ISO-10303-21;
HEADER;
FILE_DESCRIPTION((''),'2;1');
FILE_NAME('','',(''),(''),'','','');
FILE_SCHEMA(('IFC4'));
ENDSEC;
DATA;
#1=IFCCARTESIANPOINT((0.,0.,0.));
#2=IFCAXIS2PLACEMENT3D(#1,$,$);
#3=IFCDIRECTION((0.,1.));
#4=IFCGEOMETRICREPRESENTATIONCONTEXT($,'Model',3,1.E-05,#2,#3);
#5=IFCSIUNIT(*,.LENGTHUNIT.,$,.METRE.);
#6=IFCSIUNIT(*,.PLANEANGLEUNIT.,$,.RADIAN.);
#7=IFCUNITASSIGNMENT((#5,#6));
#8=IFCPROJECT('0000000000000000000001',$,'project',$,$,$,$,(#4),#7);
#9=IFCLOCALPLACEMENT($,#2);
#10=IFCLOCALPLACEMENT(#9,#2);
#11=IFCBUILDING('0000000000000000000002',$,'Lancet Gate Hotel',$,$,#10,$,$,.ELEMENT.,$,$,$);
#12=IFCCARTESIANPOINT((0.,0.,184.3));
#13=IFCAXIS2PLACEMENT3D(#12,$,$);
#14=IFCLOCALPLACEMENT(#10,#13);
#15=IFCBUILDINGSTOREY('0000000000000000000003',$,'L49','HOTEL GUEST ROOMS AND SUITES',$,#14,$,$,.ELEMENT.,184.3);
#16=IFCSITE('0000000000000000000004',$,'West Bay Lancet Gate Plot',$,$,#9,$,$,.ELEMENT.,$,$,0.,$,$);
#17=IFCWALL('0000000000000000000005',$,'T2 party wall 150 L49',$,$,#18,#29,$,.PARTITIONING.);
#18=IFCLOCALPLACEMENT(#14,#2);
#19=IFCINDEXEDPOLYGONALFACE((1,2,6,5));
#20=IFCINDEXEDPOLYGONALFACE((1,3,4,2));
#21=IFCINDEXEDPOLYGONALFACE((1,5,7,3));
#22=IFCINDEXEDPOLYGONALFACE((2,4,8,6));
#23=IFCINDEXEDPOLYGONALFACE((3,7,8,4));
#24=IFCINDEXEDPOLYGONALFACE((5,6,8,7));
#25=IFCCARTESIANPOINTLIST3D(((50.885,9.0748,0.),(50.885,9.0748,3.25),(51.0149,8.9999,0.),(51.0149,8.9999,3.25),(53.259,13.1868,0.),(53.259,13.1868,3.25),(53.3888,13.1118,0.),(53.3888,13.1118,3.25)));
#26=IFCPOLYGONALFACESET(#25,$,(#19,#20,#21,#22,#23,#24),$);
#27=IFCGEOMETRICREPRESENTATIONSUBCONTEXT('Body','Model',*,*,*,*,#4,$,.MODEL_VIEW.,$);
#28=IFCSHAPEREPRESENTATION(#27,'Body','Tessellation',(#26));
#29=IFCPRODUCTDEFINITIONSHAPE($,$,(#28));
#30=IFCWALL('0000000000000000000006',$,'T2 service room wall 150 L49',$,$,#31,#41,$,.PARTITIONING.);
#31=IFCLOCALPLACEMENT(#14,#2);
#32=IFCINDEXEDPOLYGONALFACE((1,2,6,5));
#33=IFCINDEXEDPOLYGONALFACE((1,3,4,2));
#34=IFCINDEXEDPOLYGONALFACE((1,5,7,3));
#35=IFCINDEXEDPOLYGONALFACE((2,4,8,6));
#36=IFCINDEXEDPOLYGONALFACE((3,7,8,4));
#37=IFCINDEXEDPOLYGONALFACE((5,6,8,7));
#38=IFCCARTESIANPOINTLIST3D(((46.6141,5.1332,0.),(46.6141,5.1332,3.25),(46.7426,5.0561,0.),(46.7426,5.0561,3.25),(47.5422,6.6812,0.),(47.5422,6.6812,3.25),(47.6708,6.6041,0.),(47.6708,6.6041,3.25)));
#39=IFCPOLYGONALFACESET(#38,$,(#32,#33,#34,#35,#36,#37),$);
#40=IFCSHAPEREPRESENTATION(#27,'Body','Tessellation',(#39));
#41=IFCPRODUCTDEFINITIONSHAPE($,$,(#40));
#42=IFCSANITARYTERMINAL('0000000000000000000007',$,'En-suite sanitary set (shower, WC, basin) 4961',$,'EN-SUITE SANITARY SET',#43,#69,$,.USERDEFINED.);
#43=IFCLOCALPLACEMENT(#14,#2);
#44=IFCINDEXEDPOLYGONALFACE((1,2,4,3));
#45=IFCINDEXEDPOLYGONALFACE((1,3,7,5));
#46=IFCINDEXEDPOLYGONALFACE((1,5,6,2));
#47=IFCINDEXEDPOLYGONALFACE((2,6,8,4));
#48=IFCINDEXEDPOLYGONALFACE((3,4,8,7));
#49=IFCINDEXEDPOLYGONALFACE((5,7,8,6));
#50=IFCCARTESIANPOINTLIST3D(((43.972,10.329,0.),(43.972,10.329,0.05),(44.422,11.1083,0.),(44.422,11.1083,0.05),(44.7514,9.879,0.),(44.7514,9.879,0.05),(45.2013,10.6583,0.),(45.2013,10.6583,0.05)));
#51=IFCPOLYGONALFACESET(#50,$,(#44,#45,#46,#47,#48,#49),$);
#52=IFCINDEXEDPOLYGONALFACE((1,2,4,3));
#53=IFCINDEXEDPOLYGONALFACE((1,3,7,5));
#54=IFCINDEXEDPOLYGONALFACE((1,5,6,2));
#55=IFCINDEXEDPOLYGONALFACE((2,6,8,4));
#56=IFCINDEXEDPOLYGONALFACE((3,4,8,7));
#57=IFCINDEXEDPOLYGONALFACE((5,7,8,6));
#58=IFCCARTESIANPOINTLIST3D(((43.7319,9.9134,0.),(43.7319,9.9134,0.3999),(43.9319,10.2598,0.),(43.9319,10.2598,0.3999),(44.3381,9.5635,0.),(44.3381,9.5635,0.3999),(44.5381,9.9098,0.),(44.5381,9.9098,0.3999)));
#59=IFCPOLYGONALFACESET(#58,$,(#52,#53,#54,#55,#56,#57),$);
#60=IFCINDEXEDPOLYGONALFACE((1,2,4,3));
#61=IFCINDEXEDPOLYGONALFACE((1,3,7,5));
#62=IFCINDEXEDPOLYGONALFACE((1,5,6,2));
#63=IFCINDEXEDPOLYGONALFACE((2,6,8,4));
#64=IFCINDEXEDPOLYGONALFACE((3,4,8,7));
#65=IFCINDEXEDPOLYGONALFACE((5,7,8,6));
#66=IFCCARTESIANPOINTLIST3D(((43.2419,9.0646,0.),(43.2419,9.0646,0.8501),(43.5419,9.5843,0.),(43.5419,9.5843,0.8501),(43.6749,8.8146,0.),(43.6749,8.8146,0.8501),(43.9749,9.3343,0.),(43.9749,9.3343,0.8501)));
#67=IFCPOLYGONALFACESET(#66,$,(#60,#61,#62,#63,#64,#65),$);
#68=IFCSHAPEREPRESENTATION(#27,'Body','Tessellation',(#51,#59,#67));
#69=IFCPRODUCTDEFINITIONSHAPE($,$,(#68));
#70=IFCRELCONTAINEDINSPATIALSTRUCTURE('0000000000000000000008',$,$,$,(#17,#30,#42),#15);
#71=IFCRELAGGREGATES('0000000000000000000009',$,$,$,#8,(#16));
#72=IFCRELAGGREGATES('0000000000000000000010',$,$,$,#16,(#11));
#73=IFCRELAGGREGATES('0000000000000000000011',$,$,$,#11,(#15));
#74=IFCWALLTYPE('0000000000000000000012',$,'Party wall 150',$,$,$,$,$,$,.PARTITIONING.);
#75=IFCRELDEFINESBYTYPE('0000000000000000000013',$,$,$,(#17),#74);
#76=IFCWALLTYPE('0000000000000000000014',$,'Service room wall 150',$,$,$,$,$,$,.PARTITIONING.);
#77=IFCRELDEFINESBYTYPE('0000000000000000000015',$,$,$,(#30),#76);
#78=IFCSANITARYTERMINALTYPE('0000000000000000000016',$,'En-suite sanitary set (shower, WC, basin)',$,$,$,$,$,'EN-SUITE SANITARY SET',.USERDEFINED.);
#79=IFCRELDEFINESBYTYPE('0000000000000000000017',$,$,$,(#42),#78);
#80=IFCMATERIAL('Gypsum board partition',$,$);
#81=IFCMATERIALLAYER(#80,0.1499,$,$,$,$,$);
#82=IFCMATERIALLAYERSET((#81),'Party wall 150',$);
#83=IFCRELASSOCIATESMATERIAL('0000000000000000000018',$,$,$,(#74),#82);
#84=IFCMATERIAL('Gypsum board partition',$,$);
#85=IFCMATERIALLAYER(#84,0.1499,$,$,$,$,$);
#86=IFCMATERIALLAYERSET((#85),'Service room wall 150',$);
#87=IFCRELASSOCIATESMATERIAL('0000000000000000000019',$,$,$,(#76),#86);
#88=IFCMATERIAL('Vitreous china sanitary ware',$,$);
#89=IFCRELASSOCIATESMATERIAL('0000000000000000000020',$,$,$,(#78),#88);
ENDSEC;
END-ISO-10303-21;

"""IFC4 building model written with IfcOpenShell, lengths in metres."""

from ifc_helpers import new_model, si_unit, direction, frame, frame_2d, origin, origin_2d, place, context, subcontext, project, spatial, rectangle, extrude, material, layer, layer_set, type_object, element, save


model = new_model("IFC4")

# Units and contexts
model_context = context("Model", 3, precision=1e-05, world=origin(), true_north=direction((0.0, 1.0)))
body_context = subcontext(model_context, "Body", "Model", "MODEL_VIEW")
ifc_project = project(units=[si_unit("LENGTHUNIT", "METRE"), si_unit("PLANEANGLEUNIT", "RADIAN")], contexts=[model_context])

# Site, building, storey
site_placement = place(None, origin())
site = spatial("IfcSite", under=ifc_project, at=site_placement, Name="West Bay Lancet Gate Plot", CompositionType="ELEMENT", RefElevation=0.0)
building_placement = place(site_placement, origin())
building = spatial("IfcBuilding", under=site, at=building_placement, Name="Lancet Gate Hotel", CompositionType="ELEMENT")
storey_placement = place(building_placement, frame((0.0, 0.0, 184.3)))
storey = spatial("IfcBuildingStorey", under=building, at=storey_placement, Name="L49", Description="HOTEL GUEST ROOMS AND SUITES", CompositionType="ELEMENT", Elevation=184.3)

# Walls
ifc_material_1 = material(Name="Gypsum board partition")
ifc_layer_1 = layer(ifc_material_1, 0.1499)
ifc_layer_set_1 = layer_set([ifc_layer_1], Name="Party wall 150")
wall_type_1 = type_object("IfcWallType", Name="Party wall 150", PredefinedType="PARTITIONING", material=ifc_layer_set_1)
wall_1_placement = place(storey_placement, frame((50.95, 9.0374, 0.0), z_axis=(0.0, 0.0, 1.0), x_axis=(0.499988, 0.866032, 0.0)))
element("IfcWall", 1, at=wall_1_placement, inside=storey, type_object=wall_type_1, Name="T2 party wall 150 L49", PredefinedType="PARTITIONING", context=body_context, shape_type="SweptSolid", body=[
    extrude(rectangle(XDim=4.748, YDim=0.1499, at=frame_2d((2.374, 0.0))), origin(), (0.0, 0.0, 1.0), 3.25),
])
ifc_material_2 = material(Name="Gypsum board partition")
ifc_layer_2 = layer(ifc_material_2, 0.1499)
ifc_layer_set_2 = layer_set([ifc_layer_2], Name="Service room wall 150")
wall_type_2 = type_object("IfcWallType", Name="Service room wall 150", PredefinedType="PARTITIONING", material=ifc_layer_set_2)
wall_2_placement = place(storey_placement, frame((47.6064, 6.6426, 0.0), z_axis=(0.0, 0.0, 1.0), x_axis=(-0.514237, -0.857648, 0.0)))
element("IfcWall", 2, at=wall_2_placement, inside=storey, type_object=wall_type_2, Name="T2 service room wall 150 L49", PredefinedType="PARTITIONING", context=body_context, shape_type="SweptSolid", body=[
    extrude(rectangle(XDim=1.8049, YDim=0.1499, at=frame_2d((0.9023, 0.0))), origin(), (0.0, 0.0, 1.0), 3.25),
])

# Sanitary terminal
ifc_material_3 = material(Name="Vitreous china sanitary ware")
sanitary_terminal_type = type_object("IfcSanitaryTerminalType", Name="En-suite sanitary set (shower, WC, basin)", ElementType="EN-SUITE SANITARY SET", PredefinedType="USERDEFINED", material=ifc_material_3)
sanitary_terminal_placement = place(storey_placement, frame((44.5867, 10.4937, 0.0), z_axis=(0.0, 0.0, 1.0), x_axis=(1.0, 0.0, 0.0)))
element("IfcSanitaryTerminal", 3, at=sanitary_terminal_placement, inside=storey, type_object=sanitary_terminal_type, Name="En-suite sanitary set (shower, WC, basin) 4961", ObjectType="EN-SUITE SANITARY SET", PredefinedType="USERDEFINED", context=body_context, shape_type="SweptSolid", body=[
    extrude(rectangle(XDim=0.8999, YDim=0.8999, at=origin_2d()), frame((0.0, 0.0, 0.0), z_axis=(0.0, 0.0, 1.0), x_axis=(0.5, 0.866025, 0.0)), (0.0, 0.0, 1.0), 0.05),
    extrude(rectangle(XDim=0.3999, YDim=0.7, at=origin_2d()), frame((-0.4517, -0.582, 0.0), z_axis=(0.0, 0.0, 1.0), x_axis=(0.5, 0.866025, 0.0)), (0.0, 0.0, 1.0), 0.3999),
    extrude(rectangle(XDim=0.6001, YDim=0.5, at=origin_2d()), frame((-0.9783, -1.2942, 0.0), z_axis=(0.0, 0.0, 1.0), x_axis=(0.5, 0.866025, 0.0)), (0.0, 0.0, 1.0), 0.8501),
])

save(model, "model.ifc")
